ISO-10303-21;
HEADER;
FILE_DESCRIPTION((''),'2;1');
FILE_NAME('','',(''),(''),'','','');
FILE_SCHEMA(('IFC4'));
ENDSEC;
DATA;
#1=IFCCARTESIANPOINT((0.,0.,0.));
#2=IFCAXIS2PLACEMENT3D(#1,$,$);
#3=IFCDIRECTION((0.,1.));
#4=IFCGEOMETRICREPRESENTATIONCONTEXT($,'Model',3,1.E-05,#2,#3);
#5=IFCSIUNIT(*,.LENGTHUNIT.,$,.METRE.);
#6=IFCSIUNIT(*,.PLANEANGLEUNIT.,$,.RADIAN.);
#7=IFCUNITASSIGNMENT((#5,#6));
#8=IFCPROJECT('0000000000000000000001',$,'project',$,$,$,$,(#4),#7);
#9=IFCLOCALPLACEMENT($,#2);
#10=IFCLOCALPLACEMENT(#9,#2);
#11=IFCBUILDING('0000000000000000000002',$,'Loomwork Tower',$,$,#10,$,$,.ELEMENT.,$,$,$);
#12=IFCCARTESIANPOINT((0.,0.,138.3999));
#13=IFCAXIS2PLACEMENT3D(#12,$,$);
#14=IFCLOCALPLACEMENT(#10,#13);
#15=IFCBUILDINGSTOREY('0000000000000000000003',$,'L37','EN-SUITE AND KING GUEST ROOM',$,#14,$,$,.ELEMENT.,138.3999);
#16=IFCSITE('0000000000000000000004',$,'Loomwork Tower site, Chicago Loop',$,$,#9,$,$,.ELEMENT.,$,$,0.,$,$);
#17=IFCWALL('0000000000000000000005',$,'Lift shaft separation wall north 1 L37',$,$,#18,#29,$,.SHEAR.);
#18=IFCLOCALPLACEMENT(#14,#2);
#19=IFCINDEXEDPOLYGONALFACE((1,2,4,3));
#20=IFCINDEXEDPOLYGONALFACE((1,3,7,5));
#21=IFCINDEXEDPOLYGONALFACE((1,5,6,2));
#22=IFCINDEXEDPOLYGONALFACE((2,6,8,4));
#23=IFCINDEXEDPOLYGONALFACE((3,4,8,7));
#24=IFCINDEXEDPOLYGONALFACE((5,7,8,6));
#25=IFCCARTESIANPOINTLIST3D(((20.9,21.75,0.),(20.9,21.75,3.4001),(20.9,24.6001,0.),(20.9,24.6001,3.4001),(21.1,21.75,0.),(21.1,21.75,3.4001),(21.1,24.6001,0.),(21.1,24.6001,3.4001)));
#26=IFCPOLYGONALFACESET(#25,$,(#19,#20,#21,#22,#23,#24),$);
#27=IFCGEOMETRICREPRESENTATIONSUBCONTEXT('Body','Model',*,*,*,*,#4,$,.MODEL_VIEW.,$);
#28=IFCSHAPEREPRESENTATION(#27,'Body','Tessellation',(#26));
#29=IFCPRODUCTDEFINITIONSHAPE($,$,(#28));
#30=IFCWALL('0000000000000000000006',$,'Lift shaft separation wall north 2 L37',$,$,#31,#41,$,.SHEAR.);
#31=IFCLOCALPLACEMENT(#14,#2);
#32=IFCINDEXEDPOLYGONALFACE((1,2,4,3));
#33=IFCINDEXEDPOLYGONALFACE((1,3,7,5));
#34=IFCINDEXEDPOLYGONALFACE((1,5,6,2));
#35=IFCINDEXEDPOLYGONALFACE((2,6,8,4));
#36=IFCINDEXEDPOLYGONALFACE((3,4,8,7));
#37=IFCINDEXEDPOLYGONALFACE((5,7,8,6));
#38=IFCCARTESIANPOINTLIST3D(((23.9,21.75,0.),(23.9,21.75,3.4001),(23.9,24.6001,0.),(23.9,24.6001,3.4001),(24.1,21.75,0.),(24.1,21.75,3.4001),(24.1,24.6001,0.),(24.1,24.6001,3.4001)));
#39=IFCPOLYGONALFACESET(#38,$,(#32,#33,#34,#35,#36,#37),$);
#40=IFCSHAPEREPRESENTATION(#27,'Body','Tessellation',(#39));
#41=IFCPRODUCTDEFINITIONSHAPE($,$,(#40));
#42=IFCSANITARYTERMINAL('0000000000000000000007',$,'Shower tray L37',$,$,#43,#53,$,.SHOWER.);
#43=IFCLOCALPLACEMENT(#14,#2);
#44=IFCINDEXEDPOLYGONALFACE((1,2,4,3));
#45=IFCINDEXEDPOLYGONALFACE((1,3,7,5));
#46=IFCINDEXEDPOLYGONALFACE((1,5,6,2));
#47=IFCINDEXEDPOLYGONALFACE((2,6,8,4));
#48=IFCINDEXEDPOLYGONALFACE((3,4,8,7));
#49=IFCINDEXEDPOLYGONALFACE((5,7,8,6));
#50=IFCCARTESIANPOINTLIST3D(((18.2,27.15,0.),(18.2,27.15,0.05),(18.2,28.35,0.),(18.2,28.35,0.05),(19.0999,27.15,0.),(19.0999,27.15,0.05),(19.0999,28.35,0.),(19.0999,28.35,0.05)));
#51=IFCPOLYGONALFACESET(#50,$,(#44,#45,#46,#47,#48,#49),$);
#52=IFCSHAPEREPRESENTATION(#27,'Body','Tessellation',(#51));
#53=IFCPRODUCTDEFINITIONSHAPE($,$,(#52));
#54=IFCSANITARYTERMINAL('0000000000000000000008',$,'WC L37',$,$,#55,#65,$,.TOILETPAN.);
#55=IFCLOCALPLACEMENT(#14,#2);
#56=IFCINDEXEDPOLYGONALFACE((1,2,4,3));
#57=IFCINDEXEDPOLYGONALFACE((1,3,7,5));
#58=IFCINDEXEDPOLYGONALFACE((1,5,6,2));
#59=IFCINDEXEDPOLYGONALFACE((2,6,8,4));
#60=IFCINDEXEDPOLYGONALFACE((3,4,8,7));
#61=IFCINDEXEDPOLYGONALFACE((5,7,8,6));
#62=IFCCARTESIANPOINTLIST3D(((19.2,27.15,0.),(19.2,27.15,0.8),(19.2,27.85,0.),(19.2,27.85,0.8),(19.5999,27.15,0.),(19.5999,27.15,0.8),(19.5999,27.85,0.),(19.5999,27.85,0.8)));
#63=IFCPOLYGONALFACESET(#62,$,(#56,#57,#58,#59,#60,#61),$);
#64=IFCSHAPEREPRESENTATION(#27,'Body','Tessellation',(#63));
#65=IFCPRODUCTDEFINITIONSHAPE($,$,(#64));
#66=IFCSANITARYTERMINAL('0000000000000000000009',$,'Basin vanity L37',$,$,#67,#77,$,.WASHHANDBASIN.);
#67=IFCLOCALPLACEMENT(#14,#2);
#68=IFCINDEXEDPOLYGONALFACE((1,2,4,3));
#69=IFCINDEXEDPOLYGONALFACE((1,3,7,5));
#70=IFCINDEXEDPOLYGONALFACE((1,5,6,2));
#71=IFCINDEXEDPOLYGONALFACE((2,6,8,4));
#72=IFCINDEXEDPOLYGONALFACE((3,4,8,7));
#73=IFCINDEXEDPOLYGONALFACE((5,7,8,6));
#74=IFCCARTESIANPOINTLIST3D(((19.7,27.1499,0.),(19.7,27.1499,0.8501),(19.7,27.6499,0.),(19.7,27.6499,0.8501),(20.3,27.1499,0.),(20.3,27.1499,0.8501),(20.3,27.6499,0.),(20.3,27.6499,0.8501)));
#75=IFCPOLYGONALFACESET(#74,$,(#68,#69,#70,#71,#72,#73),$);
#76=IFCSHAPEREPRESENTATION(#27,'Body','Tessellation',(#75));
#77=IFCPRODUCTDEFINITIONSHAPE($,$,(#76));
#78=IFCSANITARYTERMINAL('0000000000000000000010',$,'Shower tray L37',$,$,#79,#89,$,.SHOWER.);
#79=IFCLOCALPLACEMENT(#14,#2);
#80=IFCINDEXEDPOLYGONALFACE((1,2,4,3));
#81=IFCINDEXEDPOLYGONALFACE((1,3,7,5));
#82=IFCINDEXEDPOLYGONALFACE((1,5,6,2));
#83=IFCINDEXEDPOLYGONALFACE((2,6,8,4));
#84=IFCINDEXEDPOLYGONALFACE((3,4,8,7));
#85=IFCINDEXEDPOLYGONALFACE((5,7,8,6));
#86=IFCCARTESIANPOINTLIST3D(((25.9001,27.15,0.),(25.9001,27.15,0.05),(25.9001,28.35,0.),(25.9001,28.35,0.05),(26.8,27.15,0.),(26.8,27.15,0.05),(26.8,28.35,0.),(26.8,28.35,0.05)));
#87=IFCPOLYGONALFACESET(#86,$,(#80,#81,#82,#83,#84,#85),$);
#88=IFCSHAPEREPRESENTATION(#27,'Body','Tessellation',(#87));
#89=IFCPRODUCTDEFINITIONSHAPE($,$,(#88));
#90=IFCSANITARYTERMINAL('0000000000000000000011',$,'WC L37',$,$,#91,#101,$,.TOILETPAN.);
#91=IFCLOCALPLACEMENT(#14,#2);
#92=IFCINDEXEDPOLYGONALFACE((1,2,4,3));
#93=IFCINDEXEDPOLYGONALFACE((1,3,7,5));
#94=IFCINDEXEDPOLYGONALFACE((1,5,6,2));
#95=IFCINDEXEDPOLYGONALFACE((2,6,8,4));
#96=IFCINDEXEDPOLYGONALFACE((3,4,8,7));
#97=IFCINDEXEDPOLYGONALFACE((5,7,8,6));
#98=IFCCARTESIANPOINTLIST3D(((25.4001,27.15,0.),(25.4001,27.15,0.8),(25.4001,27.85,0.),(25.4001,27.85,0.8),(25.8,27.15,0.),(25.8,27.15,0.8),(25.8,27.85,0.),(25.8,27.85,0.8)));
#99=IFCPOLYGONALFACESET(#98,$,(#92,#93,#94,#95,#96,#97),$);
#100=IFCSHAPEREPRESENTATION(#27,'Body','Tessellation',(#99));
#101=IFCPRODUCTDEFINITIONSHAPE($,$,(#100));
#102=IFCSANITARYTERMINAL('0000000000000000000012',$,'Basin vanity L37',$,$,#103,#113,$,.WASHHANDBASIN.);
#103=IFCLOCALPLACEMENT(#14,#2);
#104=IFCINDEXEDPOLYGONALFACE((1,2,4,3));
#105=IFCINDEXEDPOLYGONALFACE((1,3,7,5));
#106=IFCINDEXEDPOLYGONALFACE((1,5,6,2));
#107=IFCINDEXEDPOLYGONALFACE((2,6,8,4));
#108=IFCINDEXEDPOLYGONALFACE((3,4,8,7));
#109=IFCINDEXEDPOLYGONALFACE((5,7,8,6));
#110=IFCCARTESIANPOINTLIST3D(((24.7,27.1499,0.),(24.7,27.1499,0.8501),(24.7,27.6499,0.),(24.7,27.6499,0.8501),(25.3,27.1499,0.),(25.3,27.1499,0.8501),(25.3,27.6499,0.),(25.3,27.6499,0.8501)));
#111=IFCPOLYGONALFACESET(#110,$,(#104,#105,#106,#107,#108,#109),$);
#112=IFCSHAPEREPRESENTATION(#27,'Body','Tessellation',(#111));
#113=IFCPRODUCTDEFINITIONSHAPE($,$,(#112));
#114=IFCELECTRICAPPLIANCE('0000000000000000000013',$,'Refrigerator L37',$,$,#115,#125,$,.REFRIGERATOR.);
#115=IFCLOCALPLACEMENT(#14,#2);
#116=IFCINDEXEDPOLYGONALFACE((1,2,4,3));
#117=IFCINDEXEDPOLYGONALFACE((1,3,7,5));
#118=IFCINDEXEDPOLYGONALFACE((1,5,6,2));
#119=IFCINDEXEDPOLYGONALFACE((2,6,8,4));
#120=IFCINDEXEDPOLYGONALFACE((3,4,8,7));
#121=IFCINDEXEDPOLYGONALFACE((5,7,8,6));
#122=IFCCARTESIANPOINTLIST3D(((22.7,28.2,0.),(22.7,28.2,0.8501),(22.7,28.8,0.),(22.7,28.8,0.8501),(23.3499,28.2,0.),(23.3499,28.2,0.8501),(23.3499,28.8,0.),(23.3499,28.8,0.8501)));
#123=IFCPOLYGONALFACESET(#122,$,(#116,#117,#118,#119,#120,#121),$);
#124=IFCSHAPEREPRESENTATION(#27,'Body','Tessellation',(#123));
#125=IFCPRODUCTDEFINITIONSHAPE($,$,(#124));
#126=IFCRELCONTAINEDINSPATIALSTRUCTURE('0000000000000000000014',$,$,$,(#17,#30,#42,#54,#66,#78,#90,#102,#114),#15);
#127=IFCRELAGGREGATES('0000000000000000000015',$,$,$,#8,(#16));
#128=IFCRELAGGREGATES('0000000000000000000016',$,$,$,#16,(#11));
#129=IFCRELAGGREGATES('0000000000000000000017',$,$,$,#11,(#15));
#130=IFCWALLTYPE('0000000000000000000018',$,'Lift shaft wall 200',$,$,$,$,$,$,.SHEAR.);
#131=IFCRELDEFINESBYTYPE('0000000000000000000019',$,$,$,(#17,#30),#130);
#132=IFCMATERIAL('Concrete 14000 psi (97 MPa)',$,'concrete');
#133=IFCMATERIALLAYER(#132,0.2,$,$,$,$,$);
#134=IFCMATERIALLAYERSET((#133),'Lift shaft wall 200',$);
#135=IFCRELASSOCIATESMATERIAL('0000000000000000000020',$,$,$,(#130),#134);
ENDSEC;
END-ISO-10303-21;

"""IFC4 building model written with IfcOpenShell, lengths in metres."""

from ifc_helpers import new_model, si_unit, direction, frame, frame_2d, origin, origin_2d, place, context, subcontext, project, spatial, rectangle, extrude, material, layer, layer_set, type_object, element, save


model = new_model("IFC4")

# Units and contexts
model_context = context("Model", 3, precision=1e-05, world=origin(), true_north=direction((0.0, 1.0)))
body_context = subcontext(model_context, "Body", "Model", "MODEL_VIEW")
ifc_project = project(units=[si_unit("LENGTHUNIT", "METRE"), si_unit("PLANEANGLEUNIT", "RADIAN")], contexts=[model_context])

# Site, building, storey
site_placement = place(None, origin())
site = spatial("IfcSite", under=ifc_project, at=site_placement, Name="Loomwork Tower site, Chicago Loop", CompositionType="ELEMENT", RefElevation=0.0)
building_placement = place(site_placement, origin())
building = spatial("IfcBuilding", under=site, at=building_placement, Name="Loomwork Tower", CompositionType="ELEMENT")
storey_placement = place(building_placement, frame((0.0, 0.0, 138.3999)))
storey = spatial("IfcBuildingStorey", under=building, at=storey_placement, Name="L37", Description="EN-SUITE AND KING GUEST ROOM", CompositionType="ELEMENT", Elevation=138.3999)

# Walls
ifc_material_1 = material(Name="Concrete 14000 psi (97 MPa)", Category="concrete")
ifc_layer_1 = layer(ifc_material_1, 0.2)
ifc_layer_set_1 = layer_set([ifc_layer_1], Name="Lift shaft wall 200")
wall_type_1 = type_object("IfcWallType", Name="Lift shaft wall 200", PredefinedType="SHEAR", material=ifc_layer_set_1)
for number, where, z_axis, x_axis, name in (
    (1, (21.0, 21.75, 0.0), (0.0, 0.0, 1.0), (0.0, 1.0, 0.0), "Lift shaft separation wall north 1 L37"),
    (2, (24.0, 21.75, 0.0), (0.0, 0.0, 1.0), (0.0, 1.0, 0.0), "Lift shaft separation wall north 2 L37"),
):
    element("IfcWall", number, at=place(storey_placement, frame(where, z_axis=z_axis, x_axis=x_axis)), inside=storey, type_object=wall_type_1, Name=name, PredefinedType="SHEAR", context=body_context, shape_type="SweptSolid", body=[
        extrude(rectangle(XDim=2.8501, YDim=0.2, at=frame_2d((1.425, 0.0))), origin(), (0.0, 0.0, 1.0), 3.4001),
    ])

# Sanitary terminals
sanitary_terminal_1_placement = place(storey_placement, frame((18.6499, 27.75, 0.0), z_axis=(0.0, 0.0, 1.0), x_axis=(1.0, 0.0, 0.0)))
element("IfcSanitaryTerminal", 3, at=sanitary_terminal_1_placement, inside=storey, Name="Shower tray L37", PredefinedType="SHOWER", context=body_context, shape_type="SweptSolid", body=[
    extrude(rectangle(XDim=0.8999, YDim=1.2, at=origin_2d()), origin(), (0.0, 0.0, 1.0), 0.05),
])
sanitary_terminal_2_placement = place(storey_placement, frame((19.3999, 27.5, 0.0), z_axis=(0.0, 0.0, 1.0), x_axis=(1.0, 0.0, 0.0)))
element("IfcSanitaryTerminal", 4, at=sanitary_terminal_2_placement, inside=storey, Name="WC L37", PredefinedType="TOILETPAN", context=body_context, shape_type="SweptSolid", body=[
    extrude(rectangle(XDim=0.3999, YDim=0.7, at=origin_2d()), origin(), (0.0, 0.0, 1.0), 0.8),
])
sanitary_terminal_3_placement = place(storey_placement, frame((20.0, 27.3999, 0.0), z_axis=(0.0, 0.0, 1.0), x_axis=(1.0, 0.0, 0.0)))
element("IfcSanitaryTerminal", 5, at=sanitary_terminal_3_placement, inside=storey, Name="Basin vanity L37", PredefinedType="WASHHANDBASIN", context=body_context, shape_type="SweptSolid", body=[
    extrude(rectangle(XDim=0.6001, YDim=0.5, at=origin_2d()), origin(), (0.0, 0.0, 1.0), 0.8501),
])
sanitary_terminal_4_placement = place(storey_placement, frame((26.3501, 27.75, 0.0), z_axis=(0.0, 0.0, 1.0), x_axis=(1.0, 0.0, 0.0)))
element("IfcSanitaryTerminal", 6, at=sanitary_terminal_4_placement, inside=storey, Name="Shower tray L37", PredefinedType="SHOWER", context=body_context, shape_type="SweptSolid", body=[
    extrude(rectangle(XDim=0.8999, YDim=1.2, at=origin_2d()), origin(), (0.0, 0.0, 1.0), 0.05),
])
sanitary_terminal_5_placement = place(storey_placement, frame((25.6001, 27.5, 0.0), z_axis=(0.0, 0.0, 1.0), x_axis=(1.0, 0.0, 0.0)))
element("IfcSanitaryTerminal", 7, at=sanitary_terminal_5_placement, inside=storey, Name="WC L37", PredefinedType="TOILETPAN", context=body_context, shape_type="SweptSolid", body=[
    extrude(rectangle(XDim=0.3999, YDim=0.7, at=origin_2d()), origin(), (0.0, 0.0, 1.0), 0.8),
])
sanitary_terminal_6_placement = place(storey_placement, frame((25.0, 27.3999, 0.0), z_axis=(0.0, 0.0, 1.0), x_axis=(1.0, 0.0, 0.0)))
element("IfcSanitaryTerminal", 8, at=sanitary_terminal_6_placement, inside=storey, Name="Basin vanity L37", PredefinedType="WASHHANDBASIN", context=body_context, shape_type="SweptSolid", body=[
    extrude(rectangle(XDim=0.6001, YDim=0.5, at=origin_2d()), origin(), (0.0, 0.0, 1.0), 0.8501),
])

# Electric appliance
electric_appliance_placement = place(storey_placement, frame((23.0249, 28.5, 0.0), z_axis=(0.0, 0.0, 1.0), x_axis=(1.0, 0.0, 0.0)))
element("IfcElectricAppliance", 9, at=electric_appliance_placement, inside=storey, Name="Refrigerator L37", PredefinedType="REFRIGERATOR", context=body_context, shape_type="SweptSolid", body=[
    extrude(rectangle(XDim=0.6499, YDim=0.6001, at=origin_2d()), origin(), (0.0, 0.0, 1.0), 0.8501),
])

save(model, "model.ifc")
